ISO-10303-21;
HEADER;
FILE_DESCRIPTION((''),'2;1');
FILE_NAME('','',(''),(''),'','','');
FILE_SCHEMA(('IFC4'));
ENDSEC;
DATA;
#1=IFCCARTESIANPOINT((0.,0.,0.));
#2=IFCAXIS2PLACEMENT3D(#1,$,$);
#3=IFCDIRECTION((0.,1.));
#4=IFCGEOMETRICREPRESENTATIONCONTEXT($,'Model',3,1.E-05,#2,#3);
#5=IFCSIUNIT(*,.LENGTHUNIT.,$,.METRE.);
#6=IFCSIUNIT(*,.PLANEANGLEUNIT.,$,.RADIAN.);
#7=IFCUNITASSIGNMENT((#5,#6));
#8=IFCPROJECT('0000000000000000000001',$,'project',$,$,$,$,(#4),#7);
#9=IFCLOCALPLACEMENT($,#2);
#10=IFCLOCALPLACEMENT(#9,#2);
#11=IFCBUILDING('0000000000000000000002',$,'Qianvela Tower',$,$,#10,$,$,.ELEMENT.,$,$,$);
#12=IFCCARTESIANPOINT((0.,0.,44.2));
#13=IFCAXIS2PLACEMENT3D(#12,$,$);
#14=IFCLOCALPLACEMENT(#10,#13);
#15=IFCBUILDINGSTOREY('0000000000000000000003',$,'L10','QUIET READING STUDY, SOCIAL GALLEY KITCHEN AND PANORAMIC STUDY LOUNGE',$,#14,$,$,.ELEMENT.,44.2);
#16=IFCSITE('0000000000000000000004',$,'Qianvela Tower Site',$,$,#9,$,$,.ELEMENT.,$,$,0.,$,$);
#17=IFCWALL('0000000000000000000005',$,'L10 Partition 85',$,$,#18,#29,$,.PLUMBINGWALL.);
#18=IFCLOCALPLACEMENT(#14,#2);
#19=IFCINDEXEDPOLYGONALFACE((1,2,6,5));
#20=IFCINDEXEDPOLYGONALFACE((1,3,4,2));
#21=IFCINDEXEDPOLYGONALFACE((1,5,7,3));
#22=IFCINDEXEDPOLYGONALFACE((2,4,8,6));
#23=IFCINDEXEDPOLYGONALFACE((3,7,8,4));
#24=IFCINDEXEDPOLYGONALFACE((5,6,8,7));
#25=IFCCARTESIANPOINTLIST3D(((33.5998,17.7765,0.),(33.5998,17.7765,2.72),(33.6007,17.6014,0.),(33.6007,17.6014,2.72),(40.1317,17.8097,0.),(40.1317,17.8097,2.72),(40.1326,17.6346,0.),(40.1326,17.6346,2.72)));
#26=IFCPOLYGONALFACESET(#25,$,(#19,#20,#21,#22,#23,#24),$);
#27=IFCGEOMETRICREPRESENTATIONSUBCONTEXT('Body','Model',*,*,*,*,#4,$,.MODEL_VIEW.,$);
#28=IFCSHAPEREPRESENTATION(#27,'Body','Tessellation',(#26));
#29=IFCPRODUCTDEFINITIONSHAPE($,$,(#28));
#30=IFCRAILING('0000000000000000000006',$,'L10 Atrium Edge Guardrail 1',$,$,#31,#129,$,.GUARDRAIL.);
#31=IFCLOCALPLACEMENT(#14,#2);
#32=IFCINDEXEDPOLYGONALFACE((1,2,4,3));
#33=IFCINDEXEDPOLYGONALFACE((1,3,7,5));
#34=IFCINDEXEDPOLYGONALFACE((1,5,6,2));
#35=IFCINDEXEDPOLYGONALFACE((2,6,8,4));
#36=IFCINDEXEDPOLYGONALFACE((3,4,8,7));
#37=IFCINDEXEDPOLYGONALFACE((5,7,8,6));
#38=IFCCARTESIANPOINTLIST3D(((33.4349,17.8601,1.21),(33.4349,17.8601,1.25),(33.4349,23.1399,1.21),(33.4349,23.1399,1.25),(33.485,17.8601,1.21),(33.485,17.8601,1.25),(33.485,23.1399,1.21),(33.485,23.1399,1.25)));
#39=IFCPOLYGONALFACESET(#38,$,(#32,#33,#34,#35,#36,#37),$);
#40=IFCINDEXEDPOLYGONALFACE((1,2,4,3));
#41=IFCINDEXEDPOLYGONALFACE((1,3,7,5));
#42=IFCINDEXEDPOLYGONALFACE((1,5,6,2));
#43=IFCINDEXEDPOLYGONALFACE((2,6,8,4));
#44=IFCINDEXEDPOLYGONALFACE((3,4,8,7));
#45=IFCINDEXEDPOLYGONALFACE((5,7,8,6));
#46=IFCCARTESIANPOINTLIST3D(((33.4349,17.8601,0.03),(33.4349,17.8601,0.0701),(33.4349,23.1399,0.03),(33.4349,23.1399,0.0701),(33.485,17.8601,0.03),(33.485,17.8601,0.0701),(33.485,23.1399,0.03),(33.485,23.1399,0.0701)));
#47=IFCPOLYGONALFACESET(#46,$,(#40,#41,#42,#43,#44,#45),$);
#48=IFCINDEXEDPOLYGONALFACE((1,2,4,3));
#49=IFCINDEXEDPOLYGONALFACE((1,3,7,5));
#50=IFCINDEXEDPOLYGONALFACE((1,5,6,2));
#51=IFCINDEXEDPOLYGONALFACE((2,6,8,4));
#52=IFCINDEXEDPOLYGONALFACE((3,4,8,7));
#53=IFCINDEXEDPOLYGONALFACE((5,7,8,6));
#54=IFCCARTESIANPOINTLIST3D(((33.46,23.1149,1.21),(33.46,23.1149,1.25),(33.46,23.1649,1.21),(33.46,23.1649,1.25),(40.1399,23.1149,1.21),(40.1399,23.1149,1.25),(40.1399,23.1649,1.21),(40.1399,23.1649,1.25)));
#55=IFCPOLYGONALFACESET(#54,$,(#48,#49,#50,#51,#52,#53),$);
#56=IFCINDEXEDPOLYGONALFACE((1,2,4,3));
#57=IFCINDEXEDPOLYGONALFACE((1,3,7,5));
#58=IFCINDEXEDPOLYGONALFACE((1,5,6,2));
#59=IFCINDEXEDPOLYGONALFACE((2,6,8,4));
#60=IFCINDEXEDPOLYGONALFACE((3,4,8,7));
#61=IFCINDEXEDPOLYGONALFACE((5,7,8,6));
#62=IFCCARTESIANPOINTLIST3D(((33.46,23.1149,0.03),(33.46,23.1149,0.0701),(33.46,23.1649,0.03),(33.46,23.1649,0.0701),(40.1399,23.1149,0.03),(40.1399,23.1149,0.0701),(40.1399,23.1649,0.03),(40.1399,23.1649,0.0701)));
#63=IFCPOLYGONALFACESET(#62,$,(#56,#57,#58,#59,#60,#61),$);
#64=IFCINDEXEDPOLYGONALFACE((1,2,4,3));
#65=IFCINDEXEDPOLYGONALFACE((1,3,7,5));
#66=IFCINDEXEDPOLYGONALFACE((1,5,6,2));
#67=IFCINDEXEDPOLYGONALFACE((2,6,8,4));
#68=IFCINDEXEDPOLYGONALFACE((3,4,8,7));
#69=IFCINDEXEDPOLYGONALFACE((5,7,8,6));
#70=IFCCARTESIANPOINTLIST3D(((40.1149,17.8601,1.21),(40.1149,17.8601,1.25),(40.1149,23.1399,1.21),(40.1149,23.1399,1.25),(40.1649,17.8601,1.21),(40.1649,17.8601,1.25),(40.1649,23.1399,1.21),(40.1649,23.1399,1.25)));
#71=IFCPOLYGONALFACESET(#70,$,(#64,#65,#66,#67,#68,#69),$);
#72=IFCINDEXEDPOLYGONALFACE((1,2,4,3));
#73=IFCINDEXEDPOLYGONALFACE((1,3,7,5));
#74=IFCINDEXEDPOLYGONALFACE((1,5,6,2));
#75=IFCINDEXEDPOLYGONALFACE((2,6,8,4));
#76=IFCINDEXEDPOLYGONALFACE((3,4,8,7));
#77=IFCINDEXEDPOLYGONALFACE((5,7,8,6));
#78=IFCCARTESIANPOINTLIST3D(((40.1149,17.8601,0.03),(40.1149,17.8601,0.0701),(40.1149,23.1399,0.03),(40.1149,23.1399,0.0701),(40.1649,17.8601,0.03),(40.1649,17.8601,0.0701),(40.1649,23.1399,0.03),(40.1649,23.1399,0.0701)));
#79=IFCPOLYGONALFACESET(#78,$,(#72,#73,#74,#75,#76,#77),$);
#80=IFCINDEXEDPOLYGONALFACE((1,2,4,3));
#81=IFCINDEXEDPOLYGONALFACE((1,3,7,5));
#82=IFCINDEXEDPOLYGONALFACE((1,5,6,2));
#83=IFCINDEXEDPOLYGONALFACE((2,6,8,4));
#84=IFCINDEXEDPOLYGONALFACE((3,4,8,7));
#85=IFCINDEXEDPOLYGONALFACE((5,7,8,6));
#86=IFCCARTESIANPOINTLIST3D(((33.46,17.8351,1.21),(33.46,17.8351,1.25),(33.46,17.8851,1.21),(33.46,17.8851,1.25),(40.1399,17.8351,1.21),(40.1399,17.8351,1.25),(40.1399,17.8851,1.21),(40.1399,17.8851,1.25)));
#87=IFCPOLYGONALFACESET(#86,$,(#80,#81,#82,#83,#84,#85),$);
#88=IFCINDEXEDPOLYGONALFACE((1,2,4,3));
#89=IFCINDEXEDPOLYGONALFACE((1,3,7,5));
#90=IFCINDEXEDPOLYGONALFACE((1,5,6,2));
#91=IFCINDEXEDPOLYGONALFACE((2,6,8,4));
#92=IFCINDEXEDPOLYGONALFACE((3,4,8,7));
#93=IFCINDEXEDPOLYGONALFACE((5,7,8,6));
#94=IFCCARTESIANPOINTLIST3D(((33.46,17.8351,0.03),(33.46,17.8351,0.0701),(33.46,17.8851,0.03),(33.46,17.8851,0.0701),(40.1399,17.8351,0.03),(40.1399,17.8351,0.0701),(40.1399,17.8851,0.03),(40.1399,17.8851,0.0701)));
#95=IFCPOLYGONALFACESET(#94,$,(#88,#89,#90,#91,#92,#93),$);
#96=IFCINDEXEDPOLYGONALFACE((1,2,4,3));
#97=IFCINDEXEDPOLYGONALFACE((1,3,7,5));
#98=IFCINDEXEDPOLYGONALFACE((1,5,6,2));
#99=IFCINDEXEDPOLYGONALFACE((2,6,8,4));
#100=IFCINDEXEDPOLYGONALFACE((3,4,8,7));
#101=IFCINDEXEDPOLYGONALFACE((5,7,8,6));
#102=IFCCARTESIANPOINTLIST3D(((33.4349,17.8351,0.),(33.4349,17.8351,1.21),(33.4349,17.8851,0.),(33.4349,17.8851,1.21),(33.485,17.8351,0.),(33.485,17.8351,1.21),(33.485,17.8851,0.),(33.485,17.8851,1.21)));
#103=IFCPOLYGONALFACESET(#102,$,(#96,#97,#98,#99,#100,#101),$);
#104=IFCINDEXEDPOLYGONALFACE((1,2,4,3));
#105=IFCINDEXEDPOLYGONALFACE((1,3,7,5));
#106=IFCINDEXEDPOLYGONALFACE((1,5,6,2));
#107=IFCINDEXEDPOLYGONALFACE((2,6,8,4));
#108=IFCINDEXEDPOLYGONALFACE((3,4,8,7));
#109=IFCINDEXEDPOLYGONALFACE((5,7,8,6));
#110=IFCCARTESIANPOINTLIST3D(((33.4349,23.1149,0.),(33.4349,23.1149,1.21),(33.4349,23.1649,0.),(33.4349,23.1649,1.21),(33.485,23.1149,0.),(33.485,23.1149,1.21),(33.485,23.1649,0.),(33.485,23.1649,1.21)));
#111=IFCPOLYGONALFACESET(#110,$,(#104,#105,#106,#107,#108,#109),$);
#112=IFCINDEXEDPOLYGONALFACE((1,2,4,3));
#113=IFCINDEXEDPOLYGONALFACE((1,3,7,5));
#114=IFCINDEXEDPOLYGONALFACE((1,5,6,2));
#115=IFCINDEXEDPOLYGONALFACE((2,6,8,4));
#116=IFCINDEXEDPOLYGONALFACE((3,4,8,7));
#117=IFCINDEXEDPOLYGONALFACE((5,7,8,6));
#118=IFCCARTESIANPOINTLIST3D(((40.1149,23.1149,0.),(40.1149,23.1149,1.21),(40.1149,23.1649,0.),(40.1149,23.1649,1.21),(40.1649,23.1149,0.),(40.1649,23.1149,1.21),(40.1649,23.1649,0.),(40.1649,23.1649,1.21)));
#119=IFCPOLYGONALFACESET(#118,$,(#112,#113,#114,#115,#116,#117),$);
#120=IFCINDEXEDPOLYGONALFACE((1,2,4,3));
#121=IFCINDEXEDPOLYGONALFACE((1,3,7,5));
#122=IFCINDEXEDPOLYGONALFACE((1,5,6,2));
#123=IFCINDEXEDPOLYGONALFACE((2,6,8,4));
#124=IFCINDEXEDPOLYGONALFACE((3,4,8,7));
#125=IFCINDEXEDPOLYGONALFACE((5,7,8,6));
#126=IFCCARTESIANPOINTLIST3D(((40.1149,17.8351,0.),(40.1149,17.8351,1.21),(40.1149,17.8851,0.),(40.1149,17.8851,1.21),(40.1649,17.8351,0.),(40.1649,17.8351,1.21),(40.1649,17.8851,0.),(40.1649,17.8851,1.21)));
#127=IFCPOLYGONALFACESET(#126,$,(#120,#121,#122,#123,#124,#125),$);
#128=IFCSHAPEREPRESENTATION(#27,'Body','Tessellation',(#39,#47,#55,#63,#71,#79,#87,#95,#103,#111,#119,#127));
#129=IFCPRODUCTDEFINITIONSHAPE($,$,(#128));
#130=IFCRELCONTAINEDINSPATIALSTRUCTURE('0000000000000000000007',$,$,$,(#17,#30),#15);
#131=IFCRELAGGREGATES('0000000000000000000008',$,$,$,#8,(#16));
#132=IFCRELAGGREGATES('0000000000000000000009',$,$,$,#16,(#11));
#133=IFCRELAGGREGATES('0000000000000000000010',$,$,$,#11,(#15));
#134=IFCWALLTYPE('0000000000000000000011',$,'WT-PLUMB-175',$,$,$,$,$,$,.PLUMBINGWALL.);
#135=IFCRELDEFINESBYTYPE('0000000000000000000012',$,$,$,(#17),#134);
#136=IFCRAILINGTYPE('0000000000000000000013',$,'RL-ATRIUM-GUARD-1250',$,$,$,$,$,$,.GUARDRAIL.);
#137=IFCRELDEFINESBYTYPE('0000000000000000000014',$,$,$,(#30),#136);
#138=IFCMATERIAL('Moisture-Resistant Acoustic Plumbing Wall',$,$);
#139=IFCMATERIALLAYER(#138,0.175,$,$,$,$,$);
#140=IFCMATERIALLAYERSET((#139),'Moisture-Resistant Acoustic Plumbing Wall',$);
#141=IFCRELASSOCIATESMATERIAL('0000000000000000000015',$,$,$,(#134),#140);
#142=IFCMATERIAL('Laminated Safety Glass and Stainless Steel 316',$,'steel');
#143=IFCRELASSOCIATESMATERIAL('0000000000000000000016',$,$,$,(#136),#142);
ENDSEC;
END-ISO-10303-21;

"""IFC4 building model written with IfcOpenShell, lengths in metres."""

from ifc_helpers import new_model, si_unit, direction, frame, frame_2d, origin, origin_2d, place, context, subcontext, project, spatial, rectangle, extrude, material, layer, layer_set, type_object, element, save


model = new_model("IFC4")

# Units and contexts
model_context = context("Model", 3, precision=1e-05, world=origin(), true_north=direction((0.0, 1.0)))
body_context = subcontext(model_context, "Body", "Model", "MODEL_VIEW")
ifc_project = project(units=[si_unit("LENGTHUNIT", "METRE"), si_unit("PLANEANGLEUNIT", "RADIAN")], contexts=[model_context])

# Site, building, storey
site_placement = place(None, origin())
site = spatial("IfcSite", under=ifc_project, at=site_placement, Name="Qianvela Tower Site", CompositionType="ELEMENT", RefElevation=0.0)
building_placement = place(site_placement, origin())
building = spatial("IfcBuilding", under=site, at=building_placement, Name="Qianvela Tower", CompositionType="ELEMENT")
storey_placement = place(building_placement, frame((0.0, 0.0, 44.2)))
storey = spatial("IfcBuildingStorey", under=building, at=storey_placement, Name="L10", Description="QUIET READING STUDY, SOCIAL GALLEY KITCHEN AND PANORAMIC STUDY LOUNGE", CompositionType="ELEMENT", Elevation=44.2)

# Wall
ifc_material_1 = material(Name="Moisture-Resistant Acoustic Plumbing Wall")
ifc_layer_1 = layer(ifc_material_1, 0.175)
ifc_layer_set_1 = layer_set([ifc_layer_1], Name="Moisture-Resistant Acoustic Plumbing Wall")
wall_type_1 = type_object("IfcWallType", Name="WT-PLUMB-175", PredefinedType="PLUMBINGWALL", material=ifc_layer_set_1)
wall_1_placement = place(storey_placement, frame((33.6001, 17.689, 0.0), z_axis=(0.0, 0.0, 1.0), x_axis=(0.999987, 0.005083, 0.0)))
element("IfcWall", 1, at=wall_1_placement, inside=storey, type_object=wall_type_1, Name="L10 Partition 85", PredefinedType="PLUMBINGWALL", context=body_context, shape_type="SweptSolid", body=[
    extrude(rectangle(XDim=6.532, YDim=0.175, at=frame_2d((3.2661, 0.0))), origin(), (0.0, 0.0, 1.0), 2.72),
])

# Railing
ifc_material_2 = material(Name="Laminated Safety Glass and Stainless Steel 316", Category="steel")
railing_type = type_object("IfcRailingType", Name="RL-ATRIUM-GUARD-1250", PredefinedType="GUARDRAIL", material=ifc_material_2)
railing_placement = place(storey_placement, frame((33.46, 17.8601, 0.0)))
element("IfcRailing", 2, at=railing_placement, inside=storey, type_object=railing_type, Name="L10 Atrium Edge Guardrail 1", PredefinedType="GUARDRAIL", context=body_context, shape_type="SweptSolid", body=[
    extrude(rectangle(XDim=0.05, YDim=0.04, at=origin_2d()), frame((0.0, 0.0, 1.23), z_axis=(0.0, 1.0, 0.0), x_axis=(-1.0, 0.0, 0.0)), (0.0, 0.0, 1.0), 5.2798),
    extrude(rectangle(XDim=0.05, YDim=0.04, at=origin_2d()), frame((0.0, 0.0, 0.05), z_axis=(0.0, 1.0, 0.0), x_axis=(-1.0, 0.0, 0.0)), (0.0, 0.0, 1.0), 5.2798),
    extrude(rectangle(XDim=0.05, YDim=0.04, at=origin_2d()), frame((0.0, 5.2798, 1.23), z_axis=(1.0, 0.0, 0.0), x_axis=(0.0, 1.0, 0.0)), (0.0, 0.0, 1.0), 6.6799),
    extrude(rectangle(XDim=0.05, YDim=0.04, at=origin_2d()), frame((0.0, 5.2798, 0.05), z_axis=(1.0, 0.0, 0.0), x_axis=(0.0, 1.0, 0.0)), (0.0, 0.0, 1.0), 6.6799),
    extrude(rectangle(XDim=0.05, YDim=0.04, at=origin_2d()), frame((6.6799, 5.2798, 1.23), z_axis=(0.0, -1.0, 0.0), x_axis=(1.0, 0.0, 0.0)), (0.0, 0.0, 1.0), 5.2798),
    extrude(rectangle(XDim=0.05, YDim=0.04, at=origin_2d()), frame((6.6799, 5.2798, 0.05), z_axis=(0.0, -1.0, 0.0), x_axis=(1.0, 0.0, 0.0)), (0.0, 0.0, 1.0), 5.2798),
    extrude(rectangle(XDim=0.05, YDim=0.04, at=origin_2d()), frame((6.6799, 0.0, 1.23), z_axis=(-1.0, 0.0, 0.0), x_axis=(0.0, -1.0, 0.0)), (0.0, 0.0, 1.0), 6.6799),
    extrude(rectangle(XDim=0.05, YDim=0.04, at=origin_2d()), frame((6.6799, 0.0, 0.05), z_axis=(-1.0, 0.0, 0.0), x_axis=(0.0, -1.0, 0.0)), (0.0, 0.0, 1.0), 6.6799),
    extrude(rectangle(XDim=0.05, YDim=0.05, at=origin_2d()), origin(), (0.0, 0.0, 1.0), 1.21),
    extrude(rectangle(XDim=0.05, YDim=0.05, at=origin_2d()), frame((0.0, 5.2798, 0.0)), (0.0, 0.0, 1.0), 1.21),
    extrude(rectangle(XDim=0.05, YDim=0.05, at=origin_2d()), frame((6.6799, 5.2798, 0.0)), (0.0, 0.0, 1.0), 1.21),
    extrude(rectangle(XDim=0.05, YDim=0.05, at=origin_2d()), frame((6.6799, 0.0, 0.0)), (0.0, 0.0, 1.0), 1.21),
])

save(model, "model.ifc")
